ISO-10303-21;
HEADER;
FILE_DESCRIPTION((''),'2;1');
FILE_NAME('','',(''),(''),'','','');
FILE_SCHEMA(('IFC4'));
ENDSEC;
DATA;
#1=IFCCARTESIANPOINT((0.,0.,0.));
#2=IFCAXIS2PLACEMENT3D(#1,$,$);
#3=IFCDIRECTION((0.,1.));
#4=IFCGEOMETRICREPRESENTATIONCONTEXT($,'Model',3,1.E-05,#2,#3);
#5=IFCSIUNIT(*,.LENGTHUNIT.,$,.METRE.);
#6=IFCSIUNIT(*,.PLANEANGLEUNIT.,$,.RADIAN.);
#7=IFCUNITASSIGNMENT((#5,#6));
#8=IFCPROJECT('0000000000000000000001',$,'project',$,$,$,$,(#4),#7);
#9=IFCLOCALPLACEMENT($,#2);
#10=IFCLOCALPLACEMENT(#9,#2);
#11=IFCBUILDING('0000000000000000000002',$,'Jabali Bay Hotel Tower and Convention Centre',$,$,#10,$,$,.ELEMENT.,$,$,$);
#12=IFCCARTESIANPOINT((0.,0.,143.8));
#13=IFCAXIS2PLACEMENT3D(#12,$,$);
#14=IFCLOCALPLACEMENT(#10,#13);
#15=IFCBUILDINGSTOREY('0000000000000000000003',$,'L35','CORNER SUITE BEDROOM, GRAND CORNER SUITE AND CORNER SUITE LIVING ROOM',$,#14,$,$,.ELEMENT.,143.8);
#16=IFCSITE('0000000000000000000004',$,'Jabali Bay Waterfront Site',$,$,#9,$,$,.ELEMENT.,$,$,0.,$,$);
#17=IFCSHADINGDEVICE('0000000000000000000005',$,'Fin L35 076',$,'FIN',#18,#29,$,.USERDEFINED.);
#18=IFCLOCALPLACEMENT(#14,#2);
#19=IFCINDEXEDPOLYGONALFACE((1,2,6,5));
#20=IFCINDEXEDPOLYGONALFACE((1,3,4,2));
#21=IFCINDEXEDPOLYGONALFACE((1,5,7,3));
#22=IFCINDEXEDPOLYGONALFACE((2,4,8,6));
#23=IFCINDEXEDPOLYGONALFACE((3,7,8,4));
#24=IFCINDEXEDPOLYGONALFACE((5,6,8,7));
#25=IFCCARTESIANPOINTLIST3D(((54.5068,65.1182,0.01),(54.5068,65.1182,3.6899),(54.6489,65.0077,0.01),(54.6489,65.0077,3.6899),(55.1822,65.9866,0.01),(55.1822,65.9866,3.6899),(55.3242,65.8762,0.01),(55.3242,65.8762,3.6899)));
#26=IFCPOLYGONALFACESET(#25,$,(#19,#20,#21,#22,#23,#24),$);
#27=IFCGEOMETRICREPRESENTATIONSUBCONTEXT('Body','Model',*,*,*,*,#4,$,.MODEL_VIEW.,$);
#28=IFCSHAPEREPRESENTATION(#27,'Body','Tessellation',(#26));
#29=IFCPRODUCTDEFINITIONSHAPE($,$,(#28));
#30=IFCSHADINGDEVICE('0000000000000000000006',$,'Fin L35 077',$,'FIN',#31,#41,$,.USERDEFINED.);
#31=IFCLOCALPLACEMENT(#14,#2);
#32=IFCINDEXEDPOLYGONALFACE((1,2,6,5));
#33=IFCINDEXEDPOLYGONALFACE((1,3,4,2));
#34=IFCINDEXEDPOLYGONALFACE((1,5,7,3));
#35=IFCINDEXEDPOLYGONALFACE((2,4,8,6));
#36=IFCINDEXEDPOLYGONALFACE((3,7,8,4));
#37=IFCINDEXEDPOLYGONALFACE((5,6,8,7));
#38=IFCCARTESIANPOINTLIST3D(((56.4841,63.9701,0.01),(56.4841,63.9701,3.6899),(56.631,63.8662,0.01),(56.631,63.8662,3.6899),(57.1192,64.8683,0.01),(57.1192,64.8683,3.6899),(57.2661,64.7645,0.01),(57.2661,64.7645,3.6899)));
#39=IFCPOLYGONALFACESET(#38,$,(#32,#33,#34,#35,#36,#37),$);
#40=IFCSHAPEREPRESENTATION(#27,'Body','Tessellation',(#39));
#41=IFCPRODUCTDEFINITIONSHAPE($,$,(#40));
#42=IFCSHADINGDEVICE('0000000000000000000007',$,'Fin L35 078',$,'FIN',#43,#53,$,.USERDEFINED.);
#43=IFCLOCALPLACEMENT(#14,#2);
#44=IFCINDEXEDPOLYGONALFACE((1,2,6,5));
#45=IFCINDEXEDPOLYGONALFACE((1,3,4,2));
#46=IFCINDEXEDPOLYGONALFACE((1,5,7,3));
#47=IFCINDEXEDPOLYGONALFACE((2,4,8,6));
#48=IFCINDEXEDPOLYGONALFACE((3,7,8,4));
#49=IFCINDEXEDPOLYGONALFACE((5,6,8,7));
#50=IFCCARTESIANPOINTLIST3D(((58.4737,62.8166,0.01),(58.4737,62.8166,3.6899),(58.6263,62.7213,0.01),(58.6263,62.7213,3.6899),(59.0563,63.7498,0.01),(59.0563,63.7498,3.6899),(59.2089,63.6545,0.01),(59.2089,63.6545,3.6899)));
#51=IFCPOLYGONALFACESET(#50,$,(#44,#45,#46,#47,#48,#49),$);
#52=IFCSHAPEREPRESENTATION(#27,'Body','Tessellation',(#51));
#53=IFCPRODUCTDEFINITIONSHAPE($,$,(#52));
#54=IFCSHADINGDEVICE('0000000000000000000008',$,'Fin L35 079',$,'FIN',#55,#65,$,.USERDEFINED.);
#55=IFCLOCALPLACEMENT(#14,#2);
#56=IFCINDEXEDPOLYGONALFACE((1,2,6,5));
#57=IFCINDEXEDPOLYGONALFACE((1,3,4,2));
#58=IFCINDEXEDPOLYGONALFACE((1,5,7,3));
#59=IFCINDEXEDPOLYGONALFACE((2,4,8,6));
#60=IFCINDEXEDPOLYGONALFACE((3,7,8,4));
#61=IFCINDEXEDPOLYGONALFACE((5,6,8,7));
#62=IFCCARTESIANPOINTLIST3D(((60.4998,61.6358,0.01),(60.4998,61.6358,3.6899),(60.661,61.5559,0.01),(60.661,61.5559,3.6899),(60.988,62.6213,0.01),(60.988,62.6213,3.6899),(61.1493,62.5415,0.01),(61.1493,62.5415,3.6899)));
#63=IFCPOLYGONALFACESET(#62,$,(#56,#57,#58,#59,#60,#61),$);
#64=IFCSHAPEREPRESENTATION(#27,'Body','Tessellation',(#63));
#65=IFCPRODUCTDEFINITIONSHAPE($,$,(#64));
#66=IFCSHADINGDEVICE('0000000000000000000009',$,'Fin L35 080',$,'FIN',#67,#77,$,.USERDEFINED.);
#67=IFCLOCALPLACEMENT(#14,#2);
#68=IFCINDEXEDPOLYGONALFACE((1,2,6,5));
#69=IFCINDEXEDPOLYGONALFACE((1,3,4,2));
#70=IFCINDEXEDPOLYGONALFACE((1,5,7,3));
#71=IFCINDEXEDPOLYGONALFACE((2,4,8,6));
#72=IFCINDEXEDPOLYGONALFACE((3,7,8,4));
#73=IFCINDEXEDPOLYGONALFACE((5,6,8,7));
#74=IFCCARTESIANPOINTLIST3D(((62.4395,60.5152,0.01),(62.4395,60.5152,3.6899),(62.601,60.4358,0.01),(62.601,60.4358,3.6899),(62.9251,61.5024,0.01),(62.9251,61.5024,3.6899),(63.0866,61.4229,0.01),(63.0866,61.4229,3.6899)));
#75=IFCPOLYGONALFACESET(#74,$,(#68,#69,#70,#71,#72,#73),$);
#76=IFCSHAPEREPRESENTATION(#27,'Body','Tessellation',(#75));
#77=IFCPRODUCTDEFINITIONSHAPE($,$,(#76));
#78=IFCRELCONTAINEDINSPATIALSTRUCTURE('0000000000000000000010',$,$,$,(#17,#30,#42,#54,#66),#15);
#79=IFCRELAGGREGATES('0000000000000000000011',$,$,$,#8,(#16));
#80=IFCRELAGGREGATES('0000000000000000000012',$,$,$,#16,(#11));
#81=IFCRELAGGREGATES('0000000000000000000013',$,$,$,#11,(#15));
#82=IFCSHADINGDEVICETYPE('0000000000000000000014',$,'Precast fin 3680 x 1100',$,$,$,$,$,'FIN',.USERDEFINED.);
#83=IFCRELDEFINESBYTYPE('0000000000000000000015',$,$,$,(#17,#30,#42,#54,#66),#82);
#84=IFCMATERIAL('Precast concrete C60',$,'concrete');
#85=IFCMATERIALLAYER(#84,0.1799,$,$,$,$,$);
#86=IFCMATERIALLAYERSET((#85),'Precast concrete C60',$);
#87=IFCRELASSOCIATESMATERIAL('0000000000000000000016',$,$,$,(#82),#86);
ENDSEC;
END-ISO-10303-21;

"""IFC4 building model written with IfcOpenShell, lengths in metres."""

from ifc_helpers import new_model, si_unit, direction, frame, frame_2d, origin, place, context, subcontext, project, spatial, rectangle, extrude, material, layer, layer_set, type_object, element, save


model = new_model("IFC4")

# Units and contexts
model_context = context("Model", 3, precision=1e-05, world=origin(), true_north=direction((0.0, 1.0)))
body_context = subcontext(model_context, "Body", "Model", "MODEL_VIEW")
ifc_project = project(units=[si_unit("LENGTHUNIT", "METRE"), si_unit("PLANEANGLEUNIT", "RADIAN")], contexts=[model_context])

# Site, building, storey
site_placement = place(None, origin())
site = spatial("IfcSite", under=ifc_project, at=site_placement, Name="Jabali Bay Waterfront Site", CompositionType="ELEMENT", RefElevation=0.0)
building_placement = place(site_placement, origin())
building = spatial("IfcBuilding", under=site, at=building_placement, Name="Jabali Bay Hotel Tower and Convention Centre", CompositionType="ELEMENT")
storey_placement = place(building_placement, frame((0.0, 0.0, 143.8)))
storey = spatial("IfcBuildingStorey", under=building, at=storey_placement, Name="L35", Description="CORNER SUITE BEDROOM, GRAND CORNER SUITE AND CORNER SUITE LIVING ROOM", CompositionType="ELEMENT", Elevation=143.8)

# Shading devices
ifc_material_1 = material(Name="Precast concrete C60", Category="concrete")
ifc_layer_1 = layer(ifc_material_1, 0.1799)
ifc_layer_set_1 = layer_set([ifc_layer_1], Name="Precast concrete C60")
shading_device_type = type_object("IfcShadingDeviceType", Name="Precast fin 3680 x 1100", ElementType="FIN", PredefinedType="USERDEFINED", material=ifc_layer_set_1)
for number, where, z_axis, x_axis, name in (
    (1, (55.2532, 65.9314, 0.01), (0.0, 0.0, 1.0), (-0.613864, -0.789412, 0.0), "Fin L35 076"),
    (2, (57.1926, 64.8164, 0.01), (0.0, 0.0, 1.0), (-0.577284, -0.816543, 0.0), "Fin L35 077"),
    (3, (59.1326, 63.7021, 0.01), (0.0, 0.0, 1.0), (-0.52956, -0.848273, 0.0), "Fin L35 078"),
):
    element("IfcShadingDevice", number, at=place(storey_placement, frame(where, z_axis=z_axis, x_axis=x_axis)), inside=storey, type_object=shading_device_type, Name=name, ObjectType="FIN", PredefinedType="USERDEFINED", context=body_context, shape_type="SweptSolid", body=[
        extrude(rectangle(XDim=1.1001, YDim=0.1799, at=frame_2d((0.55, 0.0))), origin(), (0.0, 0.0, 1.0), 3.6799),
    ])
shading_device_1_placement = place(storey_placement, frame((61.0686, 62.5813, 0.01), z_axis=(0.0, 0.0, 1.0), x_axis=(-0.443926, -0.896064, 0.0)))
element("IfcShadingDevice", 4, at=shading_device_1_placement, inside=storey, type_object=shading_device_type, Name="Fin L35 079", ObjectType="FIN", PredefinedType="USERDEFINED", context=body_context, shape_type="SweptSolid", body=[
    extrude(rectangle(XDim=1.0999, YDim=0.1799, at=frame_2d((0.5498, 0.0))), origin(), (0.0, 0.0, 1.0), 3.6799),
])
shading_device_2_placement = place(storey_placement, frame((63.0059, 61.4626, 0.01), z_axis=(0.0, 0.0, 1.0), x_axis=(-0.441434, -0.897294, 0.0)))
element("IfcShadingDevice", 5, at=shading_device_2_placement, inside=storey, type_object=shading_device_type, Name="Fin L35 080", ObjectType="FIN", PredefinedType="USERDEFINED", context=body_context, shape_type="SweptSolid", body=[
    extrude(rectangle(XDim=1.1001, YDim=0.1799, at=frame_2d((0.55, 0.0))), origin(), (0.0, 0.0, 1.0), 3.6799),
])

save(model, "model.ifc")
